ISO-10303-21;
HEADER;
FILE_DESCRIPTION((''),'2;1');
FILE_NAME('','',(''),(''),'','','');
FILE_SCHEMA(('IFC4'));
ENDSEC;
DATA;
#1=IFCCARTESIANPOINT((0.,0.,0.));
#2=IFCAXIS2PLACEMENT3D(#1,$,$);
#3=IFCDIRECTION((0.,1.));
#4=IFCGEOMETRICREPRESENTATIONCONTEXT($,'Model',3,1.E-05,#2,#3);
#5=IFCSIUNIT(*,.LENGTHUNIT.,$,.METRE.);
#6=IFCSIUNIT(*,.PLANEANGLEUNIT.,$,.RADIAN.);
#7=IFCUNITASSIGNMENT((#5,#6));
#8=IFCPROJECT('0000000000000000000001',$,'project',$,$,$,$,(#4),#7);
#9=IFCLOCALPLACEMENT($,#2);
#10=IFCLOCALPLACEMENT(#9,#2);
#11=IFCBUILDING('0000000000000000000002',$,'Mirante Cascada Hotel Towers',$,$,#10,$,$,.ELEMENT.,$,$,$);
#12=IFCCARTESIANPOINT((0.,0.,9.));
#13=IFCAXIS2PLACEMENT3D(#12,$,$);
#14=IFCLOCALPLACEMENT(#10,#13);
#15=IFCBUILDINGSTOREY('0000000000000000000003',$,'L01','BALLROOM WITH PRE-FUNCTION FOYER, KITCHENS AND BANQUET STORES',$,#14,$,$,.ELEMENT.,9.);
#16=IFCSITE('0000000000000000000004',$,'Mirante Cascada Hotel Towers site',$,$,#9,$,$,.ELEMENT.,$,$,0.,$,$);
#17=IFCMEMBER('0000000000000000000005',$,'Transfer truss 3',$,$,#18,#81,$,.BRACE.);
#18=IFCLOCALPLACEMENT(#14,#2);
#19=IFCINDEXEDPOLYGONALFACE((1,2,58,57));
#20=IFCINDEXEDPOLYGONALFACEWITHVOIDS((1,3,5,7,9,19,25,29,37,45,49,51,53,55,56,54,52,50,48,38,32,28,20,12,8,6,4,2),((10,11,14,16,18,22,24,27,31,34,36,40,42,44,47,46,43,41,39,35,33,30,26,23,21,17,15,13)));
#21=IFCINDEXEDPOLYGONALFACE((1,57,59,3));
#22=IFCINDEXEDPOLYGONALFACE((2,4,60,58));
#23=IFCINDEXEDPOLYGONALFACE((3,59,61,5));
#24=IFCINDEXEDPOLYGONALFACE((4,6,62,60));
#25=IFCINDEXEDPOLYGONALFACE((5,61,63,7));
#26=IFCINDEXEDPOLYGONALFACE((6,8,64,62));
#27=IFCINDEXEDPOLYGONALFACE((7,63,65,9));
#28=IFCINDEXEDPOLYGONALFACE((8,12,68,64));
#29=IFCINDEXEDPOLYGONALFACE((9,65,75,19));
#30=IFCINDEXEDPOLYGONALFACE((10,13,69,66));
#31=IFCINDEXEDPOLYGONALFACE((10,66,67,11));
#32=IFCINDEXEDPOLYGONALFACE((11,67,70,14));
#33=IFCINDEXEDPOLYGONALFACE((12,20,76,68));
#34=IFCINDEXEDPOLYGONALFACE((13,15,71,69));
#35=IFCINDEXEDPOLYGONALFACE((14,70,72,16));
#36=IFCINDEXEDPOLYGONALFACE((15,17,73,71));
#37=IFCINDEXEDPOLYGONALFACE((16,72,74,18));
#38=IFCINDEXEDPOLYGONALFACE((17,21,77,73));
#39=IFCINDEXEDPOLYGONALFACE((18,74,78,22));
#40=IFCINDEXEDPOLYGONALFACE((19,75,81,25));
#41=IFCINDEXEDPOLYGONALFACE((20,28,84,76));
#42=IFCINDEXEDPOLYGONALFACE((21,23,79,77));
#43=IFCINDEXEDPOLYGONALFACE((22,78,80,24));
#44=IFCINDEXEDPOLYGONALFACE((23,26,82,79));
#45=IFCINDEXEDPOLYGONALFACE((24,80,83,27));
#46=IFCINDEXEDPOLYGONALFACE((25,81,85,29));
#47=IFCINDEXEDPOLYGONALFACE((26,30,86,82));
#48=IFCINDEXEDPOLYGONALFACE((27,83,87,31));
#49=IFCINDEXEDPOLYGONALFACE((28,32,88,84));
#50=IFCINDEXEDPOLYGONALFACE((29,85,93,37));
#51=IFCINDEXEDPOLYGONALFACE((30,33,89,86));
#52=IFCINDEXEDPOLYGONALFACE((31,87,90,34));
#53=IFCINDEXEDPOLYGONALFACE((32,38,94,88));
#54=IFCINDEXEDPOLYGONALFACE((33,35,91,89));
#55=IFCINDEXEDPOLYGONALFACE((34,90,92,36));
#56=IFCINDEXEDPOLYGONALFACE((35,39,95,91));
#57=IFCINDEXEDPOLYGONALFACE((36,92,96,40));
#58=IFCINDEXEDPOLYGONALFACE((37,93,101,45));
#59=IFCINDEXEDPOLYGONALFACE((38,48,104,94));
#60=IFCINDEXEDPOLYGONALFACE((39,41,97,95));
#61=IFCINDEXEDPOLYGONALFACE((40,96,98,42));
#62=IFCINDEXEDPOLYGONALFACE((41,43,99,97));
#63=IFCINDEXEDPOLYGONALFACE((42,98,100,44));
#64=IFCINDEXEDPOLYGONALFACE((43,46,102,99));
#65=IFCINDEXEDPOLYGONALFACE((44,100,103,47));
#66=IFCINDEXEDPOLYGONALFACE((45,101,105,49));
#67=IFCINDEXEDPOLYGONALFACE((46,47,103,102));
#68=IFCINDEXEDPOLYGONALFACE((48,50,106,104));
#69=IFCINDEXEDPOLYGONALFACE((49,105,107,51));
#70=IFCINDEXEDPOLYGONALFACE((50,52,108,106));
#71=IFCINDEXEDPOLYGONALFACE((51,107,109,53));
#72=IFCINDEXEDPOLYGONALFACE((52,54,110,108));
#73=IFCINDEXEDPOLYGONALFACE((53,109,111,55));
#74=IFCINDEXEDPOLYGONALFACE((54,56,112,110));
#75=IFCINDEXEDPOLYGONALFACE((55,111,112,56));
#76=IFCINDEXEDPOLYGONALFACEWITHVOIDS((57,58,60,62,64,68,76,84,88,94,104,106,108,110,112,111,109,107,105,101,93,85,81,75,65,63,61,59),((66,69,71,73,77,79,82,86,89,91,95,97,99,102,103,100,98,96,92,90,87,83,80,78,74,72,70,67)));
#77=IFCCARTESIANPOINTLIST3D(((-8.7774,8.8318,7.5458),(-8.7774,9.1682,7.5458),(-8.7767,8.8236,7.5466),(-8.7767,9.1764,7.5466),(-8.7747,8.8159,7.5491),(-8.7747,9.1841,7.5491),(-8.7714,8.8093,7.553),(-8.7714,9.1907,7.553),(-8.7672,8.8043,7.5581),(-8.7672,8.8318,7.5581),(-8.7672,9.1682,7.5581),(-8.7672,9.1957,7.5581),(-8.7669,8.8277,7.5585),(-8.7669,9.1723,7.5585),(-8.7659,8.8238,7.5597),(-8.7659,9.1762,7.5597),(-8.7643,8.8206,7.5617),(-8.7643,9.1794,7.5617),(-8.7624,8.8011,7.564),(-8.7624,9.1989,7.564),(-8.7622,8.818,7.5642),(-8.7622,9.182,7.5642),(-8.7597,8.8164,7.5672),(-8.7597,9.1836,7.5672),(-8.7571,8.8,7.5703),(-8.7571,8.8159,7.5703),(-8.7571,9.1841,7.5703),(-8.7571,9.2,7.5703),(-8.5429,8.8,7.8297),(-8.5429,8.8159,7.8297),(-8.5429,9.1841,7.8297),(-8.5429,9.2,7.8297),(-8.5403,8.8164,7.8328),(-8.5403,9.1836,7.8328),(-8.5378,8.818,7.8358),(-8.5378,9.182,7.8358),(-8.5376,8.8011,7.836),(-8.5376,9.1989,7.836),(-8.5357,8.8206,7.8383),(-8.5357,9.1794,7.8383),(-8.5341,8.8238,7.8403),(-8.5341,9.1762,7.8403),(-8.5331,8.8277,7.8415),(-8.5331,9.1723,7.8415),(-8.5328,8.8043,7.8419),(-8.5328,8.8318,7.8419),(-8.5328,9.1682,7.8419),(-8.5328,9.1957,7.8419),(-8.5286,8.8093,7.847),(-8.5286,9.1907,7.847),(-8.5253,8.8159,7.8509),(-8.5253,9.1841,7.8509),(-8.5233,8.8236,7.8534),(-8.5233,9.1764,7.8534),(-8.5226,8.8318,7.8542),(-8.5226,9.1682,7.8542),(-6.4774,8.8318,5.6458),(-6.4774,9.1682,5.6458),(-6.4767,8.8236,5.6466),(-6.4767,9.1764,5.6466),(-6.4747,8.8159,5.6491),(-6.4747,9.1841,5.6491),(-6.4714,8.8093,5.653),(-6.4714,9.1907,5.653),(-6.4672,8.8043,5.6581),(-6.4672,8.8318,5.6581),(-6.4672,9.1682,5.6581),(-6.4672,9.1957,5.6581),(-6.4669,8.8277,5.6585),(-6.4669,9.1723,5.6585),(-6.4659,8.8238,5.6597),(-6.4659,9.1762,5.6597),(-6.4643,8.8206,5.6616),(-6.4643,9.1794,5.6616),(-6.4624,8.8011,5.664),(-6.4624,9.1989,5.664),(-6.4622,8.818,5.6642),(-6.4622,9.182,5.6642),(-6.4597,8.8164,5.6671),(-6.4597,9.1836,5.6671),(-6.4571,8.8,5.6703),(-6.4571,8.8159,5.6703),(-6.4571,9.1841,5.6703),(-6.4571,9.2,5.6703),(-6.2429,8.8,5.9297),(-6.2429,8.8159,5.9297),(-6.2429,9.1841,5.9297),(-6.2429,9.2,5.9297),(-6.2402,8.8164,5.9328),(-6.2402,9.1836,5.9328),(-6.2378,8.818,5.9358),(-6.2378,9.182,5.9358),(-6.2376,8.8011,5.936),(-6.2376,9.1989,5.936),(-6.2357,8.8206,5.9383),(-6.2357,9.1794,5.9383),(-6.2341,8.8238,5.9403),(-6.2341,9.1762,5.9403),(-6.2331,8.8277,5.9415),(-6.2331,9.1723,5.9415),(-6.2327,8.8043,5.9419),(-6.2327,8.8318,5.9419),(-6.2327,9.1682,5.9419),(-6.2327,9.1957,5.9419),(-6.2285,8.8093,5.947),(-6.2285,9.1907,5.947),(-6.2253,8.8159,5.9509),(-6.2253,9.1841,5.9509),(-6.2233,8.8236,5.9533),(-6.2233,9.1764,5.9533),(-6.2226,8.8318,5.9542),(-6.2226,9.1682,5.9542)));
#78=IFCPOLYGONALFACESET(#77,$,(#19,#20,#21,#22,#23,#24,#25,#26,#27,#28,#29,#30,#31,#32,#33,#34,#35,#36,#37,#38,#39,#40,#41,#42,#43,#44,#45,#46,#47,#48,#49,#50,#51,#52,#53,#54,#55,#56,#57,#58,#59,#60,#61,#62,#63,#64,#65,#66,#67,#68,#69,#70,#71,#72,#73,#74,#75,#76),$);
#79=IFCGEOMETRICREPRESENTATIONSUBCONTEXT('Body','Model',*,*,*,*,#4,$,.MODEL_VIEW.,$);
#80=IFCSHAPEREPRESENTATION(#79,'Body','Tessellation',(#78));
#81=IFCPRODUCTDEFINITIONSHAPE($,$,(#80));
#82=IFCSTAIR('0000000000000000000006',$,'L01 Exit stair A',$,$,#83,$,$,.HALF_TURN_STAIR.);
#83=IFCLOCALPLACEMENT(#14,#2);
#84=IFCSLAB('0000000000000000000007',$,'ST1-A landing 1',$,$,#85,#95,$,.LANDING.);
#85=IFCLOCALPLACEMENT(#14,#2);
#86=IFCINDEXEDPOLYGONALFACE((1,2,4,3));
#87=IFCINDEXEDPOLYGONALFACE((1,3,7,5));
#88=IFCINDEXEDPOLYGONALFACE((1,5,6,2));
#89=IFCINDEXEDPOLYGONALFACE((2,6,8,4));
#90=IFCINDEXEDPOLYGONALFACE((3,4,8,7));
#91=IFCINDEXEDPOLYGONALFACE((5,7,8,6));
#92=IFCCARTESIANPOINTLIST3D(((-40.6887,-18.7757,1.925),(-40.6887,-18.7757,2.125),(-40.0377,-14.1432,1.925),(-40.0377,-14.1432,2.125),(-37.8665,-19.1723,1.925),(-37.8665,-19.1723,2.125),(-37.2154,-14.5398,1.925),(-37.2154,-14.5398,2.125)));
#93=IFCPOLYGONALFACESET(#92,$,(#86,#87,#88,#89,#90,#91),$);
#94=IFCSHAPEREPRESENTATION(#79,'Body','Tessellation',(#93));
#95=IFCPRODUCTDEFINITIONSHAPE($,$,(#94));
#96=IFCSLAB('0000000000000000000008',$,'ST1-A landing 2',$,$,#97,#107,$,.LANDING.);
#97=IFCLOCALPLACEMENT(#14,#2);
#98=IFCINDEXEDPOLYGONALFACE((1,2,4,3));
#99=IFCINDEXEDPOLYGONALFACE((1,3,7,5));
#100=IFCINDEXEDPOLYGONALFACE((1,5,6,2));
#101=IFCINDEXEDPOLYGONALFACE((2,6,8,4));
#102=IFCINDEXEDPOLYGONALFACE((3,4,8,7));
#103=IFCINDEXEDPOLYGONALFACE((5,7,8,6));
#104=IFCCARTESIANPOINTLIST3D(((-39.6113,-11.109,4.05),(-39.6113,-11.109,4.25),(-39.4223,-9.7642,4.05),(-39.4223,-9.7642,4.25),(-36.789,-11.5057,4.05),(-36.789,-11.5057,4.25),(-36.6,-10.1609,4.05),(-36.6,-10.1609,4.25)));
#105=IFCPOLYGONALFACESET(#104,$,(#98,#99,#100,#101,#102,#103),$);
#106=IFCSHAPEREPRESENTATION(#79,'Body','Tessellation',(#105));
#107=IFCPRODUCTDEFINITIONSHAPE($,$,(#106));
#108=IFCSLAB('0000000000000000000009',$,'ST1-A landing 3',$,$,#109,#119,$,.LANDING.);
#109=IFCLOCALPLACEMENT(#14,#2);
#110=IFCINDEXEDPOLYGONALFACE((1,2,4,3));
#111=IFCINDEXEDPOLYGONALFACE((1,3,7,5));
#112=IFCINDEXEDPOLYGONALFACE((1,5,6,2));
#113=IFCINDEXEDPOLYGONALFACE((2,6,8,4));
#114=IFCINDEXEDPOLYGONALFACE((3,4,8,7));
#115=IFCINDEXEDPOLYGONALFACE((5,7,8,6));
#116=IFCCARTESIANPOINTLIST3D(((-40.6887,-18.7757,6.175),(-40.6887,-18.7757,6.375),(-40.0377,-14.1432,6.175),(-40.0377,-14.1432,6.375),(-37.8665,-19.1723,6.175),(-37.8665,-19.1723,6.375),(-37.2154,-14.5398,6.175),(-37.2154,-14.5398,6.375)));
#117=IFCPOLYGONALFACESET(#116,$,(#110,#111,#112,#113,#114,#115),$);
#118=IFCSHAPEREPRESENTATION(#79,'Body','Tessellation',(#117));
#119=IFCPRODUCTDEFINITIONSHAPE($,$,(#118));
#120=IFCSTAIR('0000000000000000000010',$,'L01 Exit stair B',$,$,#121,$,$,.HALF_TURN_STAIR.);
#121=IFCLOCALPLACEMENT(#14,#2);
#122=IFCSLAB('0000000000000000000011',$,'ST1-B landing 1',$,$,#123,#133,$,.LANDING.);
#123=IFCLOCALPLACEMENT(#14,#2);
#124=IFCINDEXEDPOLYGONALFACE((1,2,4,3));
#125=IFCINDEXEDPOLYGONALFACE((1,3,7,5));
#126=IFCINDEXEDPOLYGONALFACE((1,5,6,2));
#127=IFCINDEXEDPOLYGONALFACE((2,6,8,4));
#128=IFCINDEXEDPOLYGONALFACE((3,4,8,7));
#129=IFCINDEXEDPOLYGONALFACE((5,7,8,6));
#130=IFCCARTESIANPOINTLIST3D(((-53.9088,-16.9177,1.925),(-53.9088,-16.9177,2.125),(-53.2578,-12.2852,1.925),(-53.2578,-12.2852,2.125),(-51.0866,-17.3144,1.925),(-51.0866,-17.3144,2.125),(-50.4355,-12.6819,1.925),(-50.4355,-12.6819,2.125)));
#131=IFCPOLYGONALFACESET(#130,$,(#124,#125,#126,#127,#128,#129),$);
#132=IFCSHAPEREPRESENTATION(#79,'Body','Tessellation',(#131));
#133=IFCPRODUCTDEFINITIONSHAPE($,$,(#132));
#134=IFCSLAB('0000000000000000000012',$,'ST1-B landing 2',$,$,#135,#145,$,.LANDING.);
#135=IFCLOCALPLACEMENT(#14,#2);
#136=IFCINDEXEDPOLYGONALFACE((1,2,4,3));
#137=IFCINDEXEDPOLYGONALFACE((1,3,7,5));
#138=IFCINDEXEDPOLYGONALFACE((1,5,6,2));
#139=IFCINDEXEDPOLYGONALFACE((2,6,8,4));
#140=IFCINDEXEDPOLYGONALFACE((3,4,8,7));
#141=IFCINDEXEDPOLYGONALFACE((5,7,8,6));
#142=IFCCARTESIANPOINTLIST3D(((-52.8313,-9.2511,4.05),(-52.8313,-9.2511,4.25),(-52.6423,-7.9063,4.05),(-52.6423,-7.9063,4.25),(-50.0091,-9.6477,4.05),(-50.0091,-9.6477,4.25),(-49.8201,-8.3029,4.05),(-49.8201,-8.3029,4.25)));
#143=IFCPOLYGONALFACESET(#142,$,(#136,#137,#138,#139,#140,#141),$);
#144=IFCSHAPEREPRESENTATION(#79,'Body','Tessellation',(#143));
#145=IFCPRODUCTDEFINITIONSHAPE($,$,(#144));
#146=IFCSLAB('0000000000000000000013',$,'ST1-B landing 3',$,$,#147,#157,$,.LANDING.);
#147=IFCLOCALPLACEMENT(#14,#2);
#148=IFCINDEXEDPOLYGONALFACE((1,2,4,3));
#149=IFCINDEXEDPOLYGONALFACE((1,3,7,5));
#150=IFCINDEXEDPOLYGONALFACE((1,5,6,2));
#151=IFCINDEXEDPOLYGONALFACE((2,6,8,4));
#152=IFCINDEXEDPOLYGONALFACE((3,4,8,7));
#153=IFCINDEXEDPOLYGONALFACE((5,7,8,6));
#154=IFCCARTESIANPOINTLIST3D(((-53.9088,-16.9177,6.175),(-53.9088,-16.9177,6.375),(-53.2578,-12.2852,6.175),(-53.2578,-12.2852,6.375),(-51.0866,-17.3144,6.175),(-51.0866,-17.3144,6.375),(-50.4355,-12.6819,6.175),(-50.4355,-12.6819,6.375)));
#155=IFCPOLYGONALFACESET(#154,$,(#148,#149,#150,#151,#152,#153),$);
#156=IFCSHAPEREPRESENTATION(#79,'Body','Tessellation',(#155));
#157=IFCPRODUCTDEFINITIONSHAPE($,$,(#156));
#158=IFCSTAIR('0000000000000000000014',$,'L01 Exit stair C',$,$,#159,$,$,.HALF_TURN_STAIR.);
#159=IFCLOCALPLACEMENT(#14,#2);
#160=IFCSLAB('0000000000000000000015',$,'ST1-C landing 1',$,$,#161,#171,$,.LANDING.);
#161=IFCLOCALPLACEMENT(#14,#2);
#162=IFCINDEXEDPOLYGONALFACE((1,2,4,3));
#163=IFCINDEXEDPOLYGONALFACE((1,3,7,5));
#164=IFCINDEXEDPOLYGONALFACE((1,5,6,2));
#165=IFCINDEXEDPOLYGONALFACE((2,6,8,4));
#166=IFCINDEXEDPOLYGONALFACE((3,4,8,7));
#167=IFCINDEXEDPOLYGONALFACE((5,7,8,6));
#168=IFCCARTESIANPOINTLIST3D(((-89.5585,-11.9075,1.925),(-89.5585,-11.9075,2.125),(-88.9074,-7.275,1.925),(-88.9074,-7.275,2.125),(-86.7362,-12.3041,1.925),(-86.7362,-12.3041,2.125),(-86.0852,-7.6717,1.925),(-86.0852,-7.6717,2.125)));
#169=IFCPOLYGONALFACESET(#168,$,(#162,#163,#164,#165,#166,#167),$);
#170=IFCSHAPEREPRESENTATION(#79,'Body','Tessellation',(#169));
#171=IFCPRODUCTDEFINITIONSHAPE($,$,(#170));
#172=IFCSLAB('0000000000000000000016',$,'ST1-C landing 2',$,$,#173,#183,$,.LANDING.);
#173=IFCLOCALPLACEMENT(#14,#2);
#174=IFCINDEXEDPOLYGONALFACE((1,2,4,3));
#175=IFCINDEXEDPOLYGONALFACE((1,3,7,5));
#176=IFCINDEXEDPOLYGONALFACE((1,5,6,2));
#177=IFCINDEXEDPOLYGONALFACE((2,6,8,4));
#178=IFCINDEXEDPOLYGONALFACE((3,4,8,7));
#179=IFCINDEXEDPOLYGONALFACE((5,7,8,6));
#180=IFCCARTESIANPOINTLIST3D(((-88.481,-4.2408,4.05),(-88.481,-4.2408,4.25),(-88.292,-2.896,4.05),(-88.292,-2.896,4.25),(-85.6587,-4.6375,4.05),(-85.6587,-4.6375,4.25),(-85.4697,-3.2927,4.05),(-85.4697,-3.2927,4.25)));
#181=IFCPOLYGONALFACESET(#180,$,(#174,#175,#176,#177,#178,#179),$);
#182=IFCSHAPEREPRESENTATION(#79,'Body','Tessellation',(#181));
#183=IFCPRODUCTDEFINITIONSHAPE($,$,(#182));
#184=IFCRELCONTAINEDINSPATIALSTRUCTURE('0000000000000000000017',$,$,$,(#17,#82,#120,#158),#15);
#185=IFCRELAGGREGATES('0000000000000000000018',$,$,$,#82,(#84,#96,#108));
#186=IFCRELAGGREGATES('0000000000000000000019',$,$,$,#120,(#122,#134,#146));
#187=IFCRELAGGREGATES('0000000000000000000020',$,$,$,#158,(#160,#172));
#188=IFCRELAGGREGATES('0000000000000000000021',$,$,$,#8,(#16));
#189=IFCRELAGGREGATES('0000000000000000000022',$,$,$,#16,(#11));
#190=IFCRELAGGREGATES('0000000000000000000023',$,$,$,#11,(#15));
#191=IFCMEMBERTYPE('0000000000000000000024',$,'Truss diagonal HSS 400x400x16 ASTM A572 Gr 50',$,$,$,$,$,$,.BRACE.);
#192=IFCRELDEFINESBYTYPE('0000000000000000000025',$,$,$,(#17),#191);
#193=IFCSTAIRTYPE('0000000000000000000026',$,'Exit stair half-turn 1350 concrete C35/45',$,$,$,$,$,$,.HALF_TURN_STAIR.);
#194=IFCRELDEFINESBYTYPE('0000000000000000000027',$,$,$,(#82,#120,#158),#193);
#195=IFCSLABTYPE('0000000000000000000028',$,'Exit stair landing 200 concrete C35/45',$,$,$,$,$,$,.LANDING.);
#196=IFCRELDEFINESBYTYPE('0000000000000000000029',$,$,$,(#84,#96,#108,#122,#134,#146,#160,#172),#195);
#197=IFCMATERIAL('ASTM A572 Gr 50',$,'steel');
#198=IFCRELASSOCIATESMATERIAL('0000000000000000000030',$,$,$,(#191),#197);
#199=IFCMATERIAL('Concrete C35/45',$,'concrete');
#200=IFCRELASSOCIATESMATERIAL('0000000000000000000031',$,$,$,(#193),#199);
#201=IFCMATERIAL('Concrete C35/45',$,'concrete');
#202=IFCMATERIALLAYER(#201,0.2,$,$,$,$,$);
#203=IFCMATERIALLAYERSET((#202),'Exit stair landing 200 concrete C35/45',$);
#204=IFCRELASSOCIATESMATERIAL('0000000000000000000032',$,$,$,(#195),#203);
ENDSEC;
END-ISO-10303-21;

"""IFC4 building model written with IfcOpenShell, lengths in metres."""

from ifc_helpers import new_model, si_unit, direction, frame, origin, origin_2d, place, context, subcontext, project, spatial, polyline, hollow_rectangle, outline, extrude, material, layer, layer_set, material_profile, profile_set, type_object, element, aggregate, save


model = new_model("IFC4")

# Units and contexts
model_context = context("Model", 3, precision=1e-05, world=origin(), true_north=direction((0.0, 1.0)))
body_context = subcontext(model_context, "Body", "Model", "MODEL_VIEW")
ifc_project = project(units=[si_unit("LENGTHUNIT", "METRE"), si_unit("PLANEANGLEUNIT", "RADIAN")], contexts=[model_context])

# Site, building, storey
site_placement = place(None, origin())
site = spatial("IfcSite", under=ifc_project, at=site_placement, Name="Mirante Cascada Hotel Towers site", CompositionType="ELEMENT", RefElevation=0.0)
building_placement = place(site_placement, origin())
building = spatial("IfcBuilding", under=site, at=building_placement, Name="Mirante Cascada Hotel Towers", CompositionType="ELEMENT")
storey_placement = place(building_placement, frame((0.0, 0.0, 9.0)))
storey = spatial("IfcBuildingStorey", under=building, at=storey_placement, Name="L01", Description="BALLROOM WITH PRE-FUNCTION FOYER, KITCHENS AND BANQUET STORES", CompositionType="ELEMENT", Elevation=9.0)

# Member
ifc_material_1 = material(Name="ASTM A572 Gr 50", Category="steel")
ifc_material_profile_1 = material_profile(ifc_material_1, hollow_rectangle(XDim=0.4, YDim=0.4, WallThickness=0.0159, InnerFilletRadius=0.0159, OuterFilletRadius=0.0318, at=origin_2d()), Name="HSS 400x400x16")
ifc_profile_set_1 = profile_set([ifc_material_profile_1], Name="ASTM A572 Gr 50")
member_type_1 = type_object("IfcMemberType", Name="Truss diagonal HSS 400x400x16 ASTM A572 Gr 50", PredefinedType="BRACE", material=ifc_profile_set_1)
for number, where, z_axis, x_axis, name in (
    (1, (-8.65, 9.0, 7.7), (0.770962, 0.0, -0.636881), (0.0, 1.0, 0.0), "Transfer truss 3"),
):
    element("IfcMember", number, at=place(storey_placement, frame(where, z_axis=z_axis, x_axis=x_axis)), inside=storey, type_object=member_type_1, Name=name, PredefinedType="BRACE", context=body_context, shape_type="SweptSolid", body=[
        extrude(hollow_rectangle(XDim=0.4, YDim=0.4, WallThickness=0.0159, InnerFilletRadius=0.0159, OuterFilletRadius=0.0318, at=origin_2d()), origin(), (0.0, 0.0, 1.0), 2.9833),
    ])

# Stairs, slabs
ifc_material_2 = material(Name="Concrete C35/45", Category="concrete")
stair_type = type_object("IfcStairType", Name="Exit stair half-turn 1350 concrete C35/45", PredefinedType="HALF_TURN_STAIR", material=ifc_material_2)
stair_1_placement = place(storey_placement, origin())
stair_1 = element("IfcStair", 2, at=stair_1_placement, inside=storey, type_object=stair_type, Name="L01 Exit stair A", PredefinedType="HALF_TURN_STAIR")
ifc_material_3 = material(Name="Concrete C35/45", Category="concrete")
ifc_layer_1 = layer(ifc_material_3, 0.2)
ifc_layer_set_1 = layer_set([ifc_layer_1], Name="Exit stair landing 200 concrete C35/45")
slab_type_1 = type_object("IfcSlabType", Name="Exit stair landing 200 concrete C35/45", PredefinedType="LANDING", material=ifc_layer_set_1)
slab_1_placement = place(storey_placement, frame((0.0, 0.0, 1.925)))
slab_1 = element("IfcSlab", 3, at=slab_1_placement, type_object=slab_type_1, Name="ST1-A landing 1", PredefinedType="LANDING", context=body_context, shape_type="SweptSolid", body=[
    extrude(outline(polyline([(-40.0377, -14.1432), (-40.6887, -18.7757), (-37.8665, -19.1723), (-37.2154, -14.5398), (-40.0377, -14.1432)])), origin(), (0.0, 0.0, 1.0), 0.2),
])
slab_2_placement = place(storey_placement, frame((0.0, 0.0, 4.05)))
slab_2 = element("IfcSlab", 4, at=slab_2_placement, type_object=slab_type_1, Name="ST1-A landing 2", PredefinedType="LANDING", context=body_context, shape_type="SweptSolid", body=[
    extrude(outline(polyline([(-39.4223, -9.7642), (-39.6113, -11.109), (-36.789, -11.5057), (-36.6, -10.1609), (-39.4223, -9.7642)])), origin(), (0.0, 0.0, 1.0), 0.2),
])
slab_3_placement = place(storey_placement, frame((0.0, 0.0, 6.175)))
slab_3 = element("IfcSlab", 5, at=slab_3_placement, type_object=slab_type_1, Name="ST1-A landing 3", PredefinedType="LANDING", context=body_context, shape_type="SweptSolid", body=[
    extrude(outline(polyline([(-40.0377, -14.1432), (-40.6887, -18.7757), (-37.8665, -19.1723), (-37.2154, -14.5398), (-40.0377, -14.1432)])), origin(), (0.0, 0.0, 1.0), 0.2),
])
aggregate(stair_1, [slab_1, slab_2, slab_3])
stair_2_placement = place(storey_placement, origin())
stair_2 = element("IfcStair", 6, at=stair_2_placement, inside=storey, type_object=stair_type, Name="L01 Exit stair B", PredefinedType="HALF_TURN_STAIR")
slab_4_placement = place(storey_placement, frame((0.0, 0.0, 1.925)))
slab_4 = element("IfcSlab", 7, at=slab_4_placement, type_object=slab_type_1, Name="ST1-B landing 1", PredefinedType="LANDING", context=body_context, shape_type="SweptSolid", body=[
    extrude(outline(polyline([(-53.2578, -12.2852), (-53.9088, -16.9177), (-51.0866, -17.3144), (-50.4355, -12.6819), (-53.2578, -12.2852)])), origin(), (0.0, 0.0, 1.0), 0.2),
])
slab_5_placement = place(storey_placement, frame((0.0, 0.0, 4.05)))
slab_5 = element("IfcSlab", 8, at=slab_5_placement, type_object=slab_type_1, Name="ST1-B landing 2", PredefinedType="LANDING", context=body_context, shape_type="SweptSolid", body=[
    extrude(outline(polyline([(-52.6423, -7.9063), (-52.8313, -9.2511), (-50.0091, -9.6477), (-49.8201, -8.3029), (-52.6423, -7.9063)])), origin(), (0.0, 0.0, 1.0), 0.2),
])
slab_6_placement = place(storey_placement, frame((0.0, 0.0, 6.175)))
slab_6 = element("IfcSlab", 9, at=slab_6_placement, type_object=slab_type_1, Name="ST1-B landing 3", PredefinedType="LANDING", context=body_context, shape_type="SweptSolid", body=[
    extrude(outline(polyline([(-53.2578, -12.2852), (-53.9088, -16.9177), (-51.0866, -17.3144), (-50.4355, -12.6819), (-53.2578, -12.2852)])), origin(), (0.0, 0.0, 1.0), 0.2),
])
aggregate(stair_2, [slab_4, slab_5, slab_6])
stair_3_placement = place(storey_placement, origin())
stair_3 = element("IfcStair", 10, at=stair_3_placement, inside=storey, type_object=stair_type, Name="L01 Exit stair C", PredefinedType="HALF_TURN_STAIR")
slab_7_placement = place(storey_placement, frame((0.0, 0.0, 1.925)))
slab_7 = element("IfcSlab", 11, at=slab_7_placement, type_object=slab_type_1, Name="ST1-C landing 1", PredefinedType="LANDING", context=body_context, shape_type="SweptSolid", body=[
    extrude(outline(polyline([(-88.9074, -7.275), (-89.5585, -11.9075), (-86.7362, -12.3041), (-86.0852, -7.6717), (-88.9074, -7.275)])), origin(), (0.0, 0.0, 1.0), 0.2),
])
slab_8_placement = place(storey_placement, frame((0.0, 0.0, 4.05)))
slab_8 = element("IfcSlab", 12, at=slab_8_placement, type_object=slab_type_1, Name="ST1-C landing 2", PredefinedType="LANDING", context=body_context, shape_type="SweptSolid", body=[
    extrude(outline(polyline([(-88.292, -2.896), (-88.481, -4.2408), (-85.6587, -4.6375), (-85.4697, -3.2927), (-88.292, -2.896)])), origin(), (0.0, 0.0, 1.0), 0.2),
])
aggregate(stair_3, [slab_7, slab_8])

save(model, "model.ifc")
